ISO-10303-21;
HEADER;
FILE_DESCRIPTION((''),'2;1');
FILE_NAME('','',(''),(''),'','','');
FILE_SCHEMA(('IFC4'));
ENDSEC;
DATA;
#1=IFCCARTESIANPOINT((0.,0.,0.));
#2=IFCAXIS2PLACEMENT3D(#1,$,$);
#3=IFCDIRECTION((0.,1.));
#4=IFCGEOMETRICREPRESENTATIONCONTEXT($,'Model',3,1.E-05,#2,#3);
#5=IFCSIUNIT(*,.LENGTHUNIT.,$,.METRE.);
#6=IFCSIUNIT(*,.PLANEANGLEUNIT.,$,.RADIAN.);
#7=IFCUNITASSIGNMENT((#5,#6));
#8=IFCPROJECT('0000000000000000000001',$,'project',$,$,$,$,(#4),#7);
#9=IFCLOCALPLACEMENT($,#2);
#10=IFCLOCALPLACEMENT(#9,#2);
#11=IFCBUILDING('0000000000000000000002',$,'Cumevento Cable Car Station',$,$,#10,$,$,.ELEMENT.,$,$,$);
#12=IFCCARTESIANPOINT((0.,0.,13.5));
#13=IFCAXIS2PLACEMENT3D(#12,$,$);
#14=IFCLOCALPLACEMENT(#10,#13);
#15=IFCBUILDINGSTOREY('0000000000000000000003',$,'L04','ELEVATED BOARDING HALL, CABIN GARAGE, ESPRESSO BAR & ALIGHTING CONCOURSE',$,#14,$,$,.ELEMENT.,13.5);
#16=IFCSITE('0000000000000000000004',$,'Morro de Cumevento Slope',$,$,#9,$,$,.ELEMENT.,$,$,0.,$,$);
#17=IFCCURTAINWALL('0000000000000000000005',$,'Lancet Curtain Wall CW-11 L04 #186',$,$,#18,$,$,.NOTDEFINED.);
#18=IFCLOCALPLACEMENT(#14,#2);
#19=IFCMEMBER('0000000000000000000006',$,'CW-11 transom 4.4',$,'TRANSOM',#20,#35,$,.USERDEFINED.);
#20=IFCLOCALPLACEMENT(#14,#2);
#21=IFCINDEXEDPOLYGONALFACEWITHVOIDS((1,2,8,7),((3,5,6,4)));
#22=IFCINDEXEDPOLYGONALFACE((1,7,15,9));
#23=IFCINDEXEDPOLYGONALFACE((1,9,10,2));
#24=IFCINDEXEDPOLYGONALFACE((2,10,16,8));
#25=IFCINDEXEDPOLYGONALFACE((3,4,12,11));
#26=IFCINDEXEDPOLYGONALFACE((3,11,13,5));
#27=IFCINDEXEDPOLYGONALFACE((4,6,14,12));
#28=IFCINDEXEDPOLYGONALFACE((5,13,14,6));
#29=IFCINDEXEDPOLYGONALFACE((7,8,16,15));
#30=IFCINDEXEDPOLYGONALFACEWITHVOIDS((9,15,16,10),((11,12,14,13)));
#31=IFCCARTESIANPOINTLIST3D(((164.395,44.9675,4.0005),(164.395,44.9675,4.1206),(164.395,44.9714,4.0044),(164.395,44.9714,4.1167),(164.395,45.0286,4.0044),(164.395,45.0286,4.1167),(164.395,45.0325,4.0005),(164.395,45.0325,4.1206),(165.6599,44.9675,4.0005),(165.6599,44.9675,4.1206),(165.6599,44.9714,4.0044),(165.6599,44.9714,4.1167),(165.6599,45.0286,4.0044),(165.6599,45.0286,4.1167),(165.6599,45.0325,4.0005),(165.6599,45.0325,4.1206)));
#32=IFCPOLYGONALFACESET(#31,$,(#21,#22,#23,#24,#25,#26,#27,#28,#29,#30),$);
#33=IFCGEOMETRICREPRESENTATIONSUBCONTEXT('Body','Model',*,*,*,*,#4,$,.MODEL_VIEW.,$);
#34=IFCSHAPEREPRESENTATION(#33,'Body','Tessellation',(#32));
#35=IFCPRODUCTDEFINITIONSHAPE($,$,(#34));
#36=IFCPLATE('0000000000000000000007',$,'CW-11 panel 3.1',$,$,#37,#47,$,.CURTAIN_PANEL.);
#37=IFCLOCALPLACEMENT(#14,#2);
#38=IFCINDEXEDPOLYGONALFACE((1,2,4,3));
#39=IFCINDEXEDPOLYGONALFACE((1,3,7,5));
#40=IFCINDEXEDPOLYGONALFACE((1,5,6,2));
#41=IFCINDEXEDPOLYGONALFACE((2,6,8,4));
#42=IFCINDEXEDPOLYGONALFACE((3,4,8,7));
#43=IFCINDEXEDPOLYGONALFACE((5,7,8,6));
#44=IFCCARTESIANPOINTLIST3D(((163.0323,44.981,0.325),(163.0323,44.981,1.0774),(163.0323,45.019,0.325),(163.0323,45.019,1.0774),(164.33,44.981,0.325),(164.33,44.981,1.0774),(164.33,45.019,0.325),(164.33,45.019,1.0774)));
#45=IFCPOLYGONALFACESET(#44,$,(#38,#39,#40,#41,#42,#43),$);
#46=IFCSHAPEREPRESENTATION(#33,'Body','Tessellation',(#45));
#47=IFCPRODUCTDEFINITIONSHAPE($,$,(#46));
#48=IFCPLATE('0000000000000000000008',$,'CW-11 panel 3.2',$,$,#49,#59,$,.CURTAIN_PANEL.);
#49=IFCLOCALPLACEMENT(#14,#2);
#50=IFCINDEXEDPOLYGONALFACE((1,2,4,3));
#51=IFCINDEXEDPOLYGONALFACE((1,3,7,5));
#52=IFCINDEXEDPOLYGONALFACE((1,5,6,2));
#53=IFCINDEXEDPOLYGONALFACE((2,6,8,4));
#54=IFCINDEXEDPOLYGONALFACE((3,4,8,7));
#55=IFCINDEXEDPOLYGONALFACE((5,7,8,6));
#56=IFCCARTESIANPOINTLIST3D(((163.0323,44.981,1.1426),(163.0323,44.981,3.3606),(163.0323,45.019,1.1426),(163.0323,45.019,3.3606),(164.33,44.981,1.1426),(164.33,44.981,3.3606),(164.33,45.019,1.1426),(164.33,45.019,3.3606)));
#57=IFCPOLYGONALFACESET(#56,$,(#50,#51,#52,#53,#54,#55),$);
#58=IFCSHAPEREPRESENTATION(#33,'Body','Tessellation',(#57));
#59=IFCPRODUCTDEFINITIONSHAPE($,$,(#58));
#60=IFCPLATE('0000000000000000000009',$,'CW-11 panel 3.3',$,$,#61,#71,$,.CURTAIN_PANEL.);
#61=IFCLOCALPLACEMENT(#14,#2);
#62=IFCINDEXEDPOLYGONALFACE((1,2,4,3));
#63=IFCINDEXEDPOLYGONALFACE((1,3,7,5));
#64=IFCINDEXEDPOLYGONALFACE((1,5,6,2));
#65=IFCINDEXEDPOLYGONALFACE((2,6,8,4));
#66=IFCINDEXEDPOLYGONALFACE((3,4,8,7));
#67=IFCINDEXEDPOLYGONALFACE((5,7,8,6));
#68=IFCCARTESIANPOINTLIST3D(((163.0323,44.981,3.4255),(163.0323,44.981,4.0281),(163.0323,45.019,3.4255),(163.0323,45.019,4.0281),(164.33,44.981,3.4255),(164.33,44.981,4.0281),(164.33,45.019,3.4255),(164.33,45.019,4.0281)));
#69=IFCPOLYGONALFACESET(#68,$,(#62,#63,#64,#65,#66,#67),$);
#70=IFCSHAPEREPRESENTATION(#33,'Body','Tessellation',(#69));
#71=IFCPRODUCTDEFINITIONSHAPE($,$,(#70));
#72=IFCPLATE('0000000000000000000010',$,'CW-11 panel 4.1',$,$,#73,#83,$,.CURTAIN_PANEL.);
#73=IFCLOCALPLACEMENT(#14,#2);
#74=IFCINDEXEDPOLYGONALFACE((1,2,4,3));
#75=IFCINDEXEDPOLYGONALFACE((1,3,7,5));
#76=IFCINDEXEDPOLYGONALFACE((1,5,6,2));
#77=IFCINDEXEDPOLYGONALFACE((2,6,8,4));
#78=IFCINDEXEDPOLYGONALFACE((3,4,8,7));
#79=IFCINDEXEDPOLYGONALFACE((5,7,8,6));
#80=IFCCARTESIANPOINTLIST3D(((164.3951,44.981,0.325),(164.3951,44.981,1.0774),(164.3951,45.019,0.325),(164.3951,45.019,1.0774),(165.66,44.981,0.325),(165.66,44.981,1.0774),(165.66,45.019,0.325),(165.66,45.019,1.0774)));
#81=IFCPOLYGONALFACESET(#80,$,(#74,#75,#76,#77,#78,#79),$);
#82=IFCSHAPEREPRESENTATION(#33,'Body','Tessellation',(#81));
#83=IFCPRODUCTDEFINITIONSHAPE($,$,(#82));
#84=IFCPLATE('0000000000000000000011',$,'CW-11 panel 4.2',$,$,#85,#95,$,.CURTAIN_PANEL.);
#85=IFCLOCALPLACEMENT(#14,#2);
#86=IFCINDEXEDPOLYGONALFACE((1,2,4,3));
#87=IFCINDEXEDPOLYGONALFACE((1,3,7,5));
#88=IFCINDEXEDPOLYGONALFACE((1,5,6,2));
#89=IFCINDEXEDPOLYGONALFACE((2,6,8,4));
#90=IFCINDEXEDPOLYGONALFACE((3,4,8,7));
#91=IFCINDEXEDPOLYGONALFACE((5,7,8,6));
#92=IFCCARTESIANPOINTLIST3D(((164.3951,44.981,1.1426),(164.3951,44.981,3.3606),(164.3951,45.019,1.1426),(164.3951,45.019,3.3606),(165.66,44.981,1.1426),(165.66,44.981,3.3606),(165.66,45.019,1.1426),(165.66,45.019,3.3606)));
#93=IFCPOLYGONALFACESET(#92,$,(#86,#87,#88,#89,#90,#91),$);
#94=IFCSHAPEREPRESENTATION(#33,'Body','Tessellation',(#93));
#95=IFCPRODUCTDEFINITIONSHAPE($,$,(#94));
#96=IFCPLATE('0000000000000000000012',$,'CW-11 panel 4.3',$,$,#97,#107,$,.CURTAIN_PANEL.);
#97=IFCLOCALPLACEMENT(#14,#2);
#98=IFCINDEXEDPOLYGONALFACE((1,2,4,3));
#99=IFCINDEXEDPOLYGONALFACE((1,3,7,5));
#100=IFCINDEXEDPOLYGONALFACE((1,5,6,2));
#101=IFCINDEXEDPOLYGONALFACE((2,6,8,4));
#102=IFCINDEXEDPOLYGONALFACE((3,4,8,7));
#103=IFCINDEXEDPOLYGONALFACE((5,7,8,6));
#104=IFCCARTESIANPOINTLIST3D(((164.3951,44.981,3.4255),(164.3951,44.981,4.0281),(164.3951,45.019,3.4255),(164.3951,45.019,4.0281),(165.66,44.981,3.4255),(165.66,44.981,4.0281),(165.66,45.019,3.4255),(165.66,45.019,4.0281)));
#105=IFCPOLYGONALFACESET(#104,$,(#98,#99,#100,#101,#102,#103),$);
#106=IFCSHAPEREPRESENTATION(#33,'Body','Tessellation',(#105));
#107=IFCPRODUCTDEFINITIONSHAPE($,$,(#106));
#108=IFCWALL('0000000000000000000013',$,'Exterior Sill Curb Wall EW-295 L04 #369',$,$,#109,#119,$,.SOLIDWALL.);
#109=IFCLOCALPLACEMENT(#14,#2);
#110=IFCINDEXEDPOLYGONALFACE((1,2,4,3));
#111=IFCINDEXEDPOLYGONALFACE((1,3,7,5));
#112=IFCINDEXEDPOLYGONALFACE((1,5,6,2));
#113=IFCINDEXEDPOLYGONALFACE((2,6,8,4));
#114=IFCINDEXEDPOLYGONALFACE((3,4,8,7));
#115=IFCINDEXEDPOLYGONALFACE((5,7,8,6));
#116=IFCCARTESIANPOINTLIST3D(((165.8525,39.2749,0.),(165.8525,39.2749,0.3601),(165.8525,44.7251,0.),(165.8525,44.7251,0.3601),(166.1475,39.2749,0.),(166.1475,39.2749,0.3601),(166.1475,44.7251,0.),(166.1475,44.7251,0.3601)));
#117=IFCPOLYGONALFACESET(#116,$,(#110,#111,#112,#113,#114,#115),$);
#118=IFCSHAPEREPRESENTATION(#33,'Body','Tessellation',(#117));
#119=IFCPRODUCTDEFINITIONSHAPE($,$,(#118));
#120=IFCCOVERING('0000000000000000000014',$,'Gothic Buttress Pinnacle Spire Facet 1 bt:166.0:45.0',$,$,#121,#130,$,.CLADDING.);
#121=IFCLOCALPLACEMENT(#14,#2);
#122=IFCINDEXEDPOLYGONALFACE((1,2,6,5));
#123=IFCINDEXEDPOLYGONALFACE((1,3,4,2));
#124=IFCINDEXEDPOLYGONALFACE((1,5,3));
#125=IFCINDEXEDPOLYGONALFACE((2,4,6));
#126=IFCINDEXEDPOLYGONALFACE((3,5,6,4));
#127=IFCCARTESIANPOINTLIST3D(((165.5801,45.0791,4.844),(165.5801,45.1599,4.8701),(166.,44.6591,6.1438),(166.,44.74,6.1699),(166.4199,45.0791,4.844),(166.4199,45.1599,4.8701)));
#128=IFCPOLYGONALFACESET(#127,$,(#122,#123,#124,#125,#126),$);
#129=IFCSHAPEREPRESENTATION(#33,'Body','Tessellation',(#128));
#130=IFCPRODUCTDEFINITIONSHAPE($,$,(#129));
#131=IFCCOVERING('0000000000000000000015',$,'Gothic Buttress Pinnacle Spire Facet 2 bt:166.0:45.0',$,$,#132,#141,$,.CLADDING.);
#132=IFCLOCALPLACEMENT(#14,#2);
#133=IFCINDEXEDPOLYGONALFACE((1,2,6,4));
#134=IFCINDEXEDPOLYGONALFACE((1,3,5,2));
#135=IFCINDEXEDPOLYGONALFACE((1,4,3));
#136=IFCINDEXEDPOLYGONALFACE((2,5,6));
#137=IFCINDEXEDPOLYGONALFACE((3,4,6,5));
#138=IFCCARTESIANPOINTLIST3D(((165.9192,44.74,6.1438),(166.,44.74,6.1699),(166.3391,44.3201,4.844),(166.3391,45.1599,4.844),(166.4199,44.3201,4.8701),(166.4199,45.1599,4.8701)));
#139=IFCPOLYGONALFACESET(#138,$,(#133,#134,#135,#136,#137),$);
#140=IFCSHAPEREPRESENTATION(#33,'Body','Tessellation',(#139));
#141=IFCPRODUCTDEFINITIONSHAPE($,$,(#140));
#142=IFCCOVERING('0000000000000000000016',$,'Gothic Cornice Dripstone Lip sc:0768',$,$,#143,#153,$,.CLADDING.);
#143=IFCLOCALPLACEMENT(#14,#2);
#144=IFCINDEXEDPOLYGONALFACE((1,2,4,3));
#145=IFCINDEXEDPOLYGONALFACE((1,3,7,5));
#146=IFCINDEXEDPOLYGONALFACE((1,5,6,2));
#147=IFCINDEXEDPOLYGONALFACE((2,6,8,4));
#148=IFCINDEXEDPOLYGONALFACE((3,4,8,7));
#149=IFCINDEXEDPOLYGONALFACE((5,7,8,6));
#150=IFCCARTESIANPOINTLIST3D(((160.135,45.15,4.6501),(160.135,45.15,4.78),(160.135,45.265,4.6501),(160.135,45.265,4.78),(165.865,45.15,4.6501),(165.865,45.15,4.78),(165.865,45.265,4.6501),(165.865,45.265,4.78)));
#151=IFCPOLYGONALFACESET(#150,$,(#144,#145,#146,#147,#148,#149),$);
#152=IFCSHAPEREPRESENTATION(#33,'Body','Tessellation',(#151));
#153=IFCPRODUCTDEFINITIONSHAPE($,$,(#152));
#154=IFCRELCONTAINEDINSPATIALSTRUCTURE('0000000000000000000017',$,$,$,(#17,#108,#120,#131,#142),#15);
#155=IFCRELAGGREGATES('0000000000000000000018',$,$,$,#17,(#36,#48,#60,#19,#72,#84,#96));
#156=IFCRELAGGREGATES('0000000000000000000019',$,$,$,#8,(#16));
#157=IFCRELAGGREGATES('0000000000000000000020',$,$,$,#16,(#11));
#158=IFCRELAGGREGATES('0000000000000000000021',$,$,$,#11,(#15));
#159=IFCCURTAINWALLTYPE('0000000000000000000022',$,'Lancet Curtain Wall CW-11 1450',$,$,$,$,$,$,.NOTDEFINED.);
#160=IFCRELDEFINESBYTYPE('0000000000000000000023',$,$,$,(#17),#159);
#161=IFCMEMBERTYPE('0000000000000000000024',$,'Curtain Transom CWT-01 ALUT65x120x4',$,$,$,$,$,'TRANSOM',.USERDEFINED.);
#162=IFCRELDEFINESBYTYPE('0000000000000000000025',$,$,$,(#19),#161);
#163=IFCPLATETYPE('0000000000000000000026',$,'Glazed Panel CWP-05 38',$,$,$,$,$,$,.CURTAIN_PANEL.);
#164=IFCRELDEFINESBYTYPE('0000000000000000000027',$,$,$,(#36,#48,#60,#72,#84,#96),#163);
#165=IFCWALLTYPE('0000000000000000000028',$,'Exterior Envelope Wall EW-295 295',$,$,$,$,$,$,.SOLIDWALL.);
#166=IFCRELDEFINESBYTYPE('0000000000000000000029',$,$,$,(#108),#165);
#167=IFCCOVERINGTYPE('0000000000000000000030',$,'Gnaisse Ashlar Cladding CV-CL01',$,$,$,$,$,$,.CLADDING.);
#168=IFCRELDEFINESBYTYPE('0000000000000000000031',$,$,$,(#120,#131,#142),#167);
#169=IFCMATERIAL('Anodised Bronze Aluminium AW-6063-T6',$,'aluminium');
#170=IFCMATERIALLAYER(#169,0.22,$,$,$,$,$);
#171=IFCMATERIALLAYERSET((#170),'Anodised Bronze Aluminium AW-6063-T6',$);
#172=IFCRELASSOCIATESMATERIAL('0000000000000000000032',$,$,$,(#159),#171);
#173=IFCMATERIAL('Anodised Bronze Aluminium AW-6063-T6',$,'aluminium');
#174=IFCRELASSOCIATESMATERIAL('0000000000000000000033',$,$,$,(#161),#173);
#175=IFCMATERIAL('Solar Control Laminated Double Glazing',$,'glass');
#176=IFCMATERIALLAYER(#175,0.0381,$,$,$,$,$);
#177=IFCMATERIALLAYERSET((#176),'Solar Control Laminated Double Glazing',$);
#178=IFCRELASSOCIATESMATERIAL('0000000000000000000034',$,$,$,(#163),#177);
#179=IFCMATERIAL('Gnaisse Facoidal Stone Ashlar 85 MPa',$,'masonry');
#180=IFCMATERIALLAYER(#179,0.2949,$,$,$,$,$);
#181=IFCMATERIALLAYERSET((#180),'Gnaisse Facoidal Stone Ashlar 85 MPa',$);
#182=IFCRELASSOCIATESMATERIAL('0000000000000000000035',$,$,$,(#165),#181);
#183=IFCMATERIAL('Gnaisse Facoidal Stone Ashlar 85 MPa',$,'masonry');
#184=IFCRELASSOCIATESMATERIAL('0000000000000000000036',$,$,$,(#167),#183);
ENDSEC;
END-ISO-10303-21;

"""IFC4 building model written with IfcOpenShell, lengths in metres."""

from ifc_helpers import new_model, si_unit, direction, frame, frame_2d, origin, origin_2d, place, context, subcontext, project, spatial, polyline, rectangle, hollow_rectangle, outline, extrude, material, layer, layer_set, material_profile, profile_set, type_object, element, aggregate, save


model = new_model("IFC4")

# Units and contexts
model_context = context("Model", 3, precision=1e-05, world=origin(), true_north=direction((0.0, 1.0)))
body_context = subcontext(model_context, "Body", "Model", "MODEL_VIEW")
ifc_project = project(units=[si_unit("LENGTHUNIT", "METRE"), si_unit("PLANEANGLEUNIT", "RADIAN")], contexts=[model_context])

# Site, building, storey
site_placement = place(None, origin())
site = spatial("IfcSite", under=ifc_project, at=site_placement, Name="Morro de Cumevento Slope", CompositionType="ELEMENT", RefElevation=0.0)
building_placement = place(site_placement, origin())
building = spatial("IfcBuilding", under=site, at=building_placement, Name="Cumevento Cable Car Station", CompositionType="ELEMENT")
storey_placement = place(building_placement, frame((0.0, 0.0, 13.5)))
storey = spatial("IfcBuildingStorey", under=building, at=storey_placement, Name="L04", Description="ELEVATED BOARDING HALL, CABIN GARAGE, ESPRESSO BAR & ALIGHTING CONCOURSE", CompositionType="ELEMENT", Elevation=13.5)

# Curtain wall, member, plates
ifc_material_1 = material(Name="Anodised Bronze Aluminium AW-6063-T6", Category="aluminium")
ifc_layer_1 = layer(ifc_material_1, 0.22)
ifc_layer_set_1 = layer_set([ifc_layer_1], Name="Anodised Bronze Aluminium AW-6063-T6")
curtain_wall_type = type_object("IfcCurtainWallType", Name="Lancet Curtain Wall CW-11 1450", PredefinedType="NOTDEFINED", material=ifc_layer_set_1)
curtain_wall_placement = place(storey_placement, origin())
curtain_wall = element("IfcCurtainWall", 1, at=curtain_wall_placement, inside=storey, type_object=curtain_wall_type, Name="Lancet Curtain Wall CW-11 L04 #186", PredefinedType="NOTDEFINED")
ifc_material_2 = material(Name="Anodised Bronze Aluminium AW-6063-T6", Category="aluminium")
ifc_material_profile_1 = material_profile(ifc_material_2, hollow_rectangle(XDim=0.0649, YDim=0.1201, WallThickness=0.0039, at=origin_2d()), Name="ALUT65x120x4")
ifc_profile_set_1 = profile_set([ifc_material_profile_1], Name="Anodised Bronze Aluminium AW-6063-T6")
member_type_1 = type_object("IfcMemberType", Name="Curtain Transom CWT-01 ALUT65x120x4", ElementType="TRANSOM", PredefinedType="USERDEFINED", material=ifc_profile_set_1)
member_1_placement = place(storey_placement, frame((164.395, 45.0, 4.0605), z_axis=(1.0, 0.0, 0.0), x_axis=(0.0, 1.0, 0.0)))
member_1 = element("IfcMember", 2, at=member_1_placement, type_object=member_type_1, Name="CW-11 transom 4.4", ObjectType="TRANSOM", PredefinedType="USERDEFINED", context=body_context, shape_type="SweptSolid", body=[
    extrude(hollow_rectangle(XDim=0.0649, YDim=0.1201, WallThickness=0.0039, at=origin_2d()), origin(), (0.0, 0.0, 1.0), 1.2649),
])
ifc_material_3 = material(Name="Solar Control Laminated Double Glazing", Category="glass")
ifc_layer_2 = layer(ifc_material_3, 0.0381)
ifc_layer_set_2 = layer_set([ifc_layer_2], Name="Solar Control Laminated Double Glazing")
plate_type = type_object("IfcPlateType", Name="Glazed Panel CWP-05 38", PredefinedType="CURTAIN_PANEL", material=ifc_layer_set_2)
plate_1_placement = place(storey_placement, frame((163.6812, 45.0, 0.325), z_axis=(0.0, 0.0, 1.0), x_axis=(1.0, 0.0, 0.0)))
plate_1 = element("IfcPlate", 3, at=plate_1_placement, type_object=plate_type, Name="CW-11 panel 3.1", PredefinedType="CURTAIN_PANEL", context=body_context, shape_type="SweptSolid", body=[
    extrude(rectangle(XDim=1.2976, YDim=0.0381, at=origin_2d()), origin(), (0.0, 0.0, 1.0), 0.7524),
])
plate_2_placement = place(storey_placement, frame((163.6812, 45.0, 1.1426), z_axis=(0.0, 0.0, 1.0), x_axis=(1.0, 0.0, 0.0)))
plate_2 = element("IfcPlate", 4, at=plate_2_placement, type_object=plate_type, Name="CW-11 panel 3.2", PredefinedType="CURTAIN_PANEL", context=body_context, shape_type="SweptSolid", body=[
    extrude(rectangle(XDim=1.2976, YDim=0.0381, at=origin_2d()), origin(), (0.0, 0.0, 1.0), 2.218),
])
plate_3_placement = place(storey_placement, frame((163.6812, 45.0, 3.4255), z_axis=(0.0, 0.0, 1.0), x_axis=(1.0, 0.0, 0.0)))
plate_3 = element("IfcPlate", 5, at=plate_3_placement, type_object=plate_type, Name="CW-11 panel 3.3", PredefinedType="CURTAIN_PANEL", context=body_context, shape_type="SweptSolid", body=[
    extrude(rectangle(XDim=1.2976, YDim=0.0381, at=origin_2d()), origin(), (0.0, 0.0, 1.0), 0.6025),
])
plate_4_placement = place(storey_placement, frame((165.0276, 45.0, 0.325), z_axis=(0.0, 0.0, 1.0), x_axis=(1.0, 0.0, 0.0)))
plate_4 = element("IfcPlate", 6, at=plate_4_placement, type_object=plate_type, Name="CW-11 panel 4.1", PredefinedType="CURTAIN_PANEL", context=body_context, shape_type="SweptSolid", body=[
    extrude(rectangle(XDim=1.2649, YDim=0.0381, at=origin_2d()), origin(), (0.0, 0.0, 1.0), 0.7524),
])
plate_5_placement = place(storey_placement, frame((165.0276, 45.0, 1.1426), z_axis=(0.0, 0.0, 1.0), x_axis=(1.0, 0.0, 0.0)))
plate_5 = element("IfcPlate", 7, at=plate_5_placement, type_object=plate_type, Name="CW-11 panel 4.2", PredefinedType="CURTAIN_PANEL", context=body_context, shape_type="SweptSolid", body=[
    extrude(rectangle(XDim=1.2649, YDim=0.0381, at=origin_2d()), origin(), (0.0, 0.0, 1.0), 2.218),
])
plate_6_placement = place(storey_placement, frame((165.0276, 45.0, 3.4255), z_axis=(0.0, 0.0, 1.0), x_axis=(1.0, 0.0, 0.0)))
plate_6 = element("IfcPlate", 8, at=plate_6_placement, type_object=plate_type, Name="CW-11 panel 4.3", PredefinedType="CURTAIN_PANEL", context=body_context, shape_type="SweptSolid", body=[
    extrude(rectangle(XDim=1.2649, YDim=0.0381, at=origin_2d()), origin(), (0.0, 0.0, 1.0), 0.6025),
])
aggregate(curtain_wall, [plate_1, plate_2, plate_3, member_1, plate_4, plate_5, plate_6])

# Wall
ifc_material_4 = material(Name="Gnaisse Facoidal Stone Ashlar 85 MPa", Category="masonry")
ifc_layer_3 = layer(ifc_material_4, 0.2949)
ifc_layer_set_3 = layer_set([ifc_layer_3], Name="Gnaisse Facoidal Stone Ashlar 85 MPa")
wall_type = type_object("IfcWallType", Name="Exterior Envelope Wall EW-295 295", PredefinedType="SOLIDWALL", material=ifc_layer_set_3)
wall_placement = place(storey_placement, frame((166.0, 44.7251, 0.0), z_axis=(0.0, 0.0, 1.0), x_axis=(0.0, -1.0, 0.0)))
element("IfcWall", 9, at=wall_placement, inside=storey, type_object=wall_type, Name="Exterior Sill Curb Wall EW-295 L04 #369", PredefinedType="SOLIDWALL", context=body_context, shape_type="SweptSolid", body=[
    extrude(rectangle(XDim=5.4502, YDim=0.2949, at=frame_2d((2.7251, 0.0))), origin(), (0.0, 0.0, 1.0), 0.3601),
])

# Coverings
ifc_material_5 = material(Name="Gnaisse Facoidal Stone Ashlar 85 MPa", Category="masonry")
covering_type = type_object("IfcCoveringType", Name="Gnaisse Ashlar Cladding CV-CL01", PredefinedType="CLADDING", material=ifc_material_5)
for number, where, z_axis, x_axis, name in (
    (10, (165.5801, 45.1599, 4.8701), (0.0, 0.951574, 0.307421), (1.0, 0.0, 0.0), "Gothic Buttress Pinnacle Spire Facet 1 bt:166.0:45.0"),
    (11, (166.4199, 45.1599, 4.8701), (0.951574, 0.0, 0.307421), (0.0, -1.0, 0.0), "Gothic Buttress Pinnacle Spire Facet 2 bt:166.0:45.0"),
):
    element("IfcCovering", number, at=place(storey_placement, frame(where, z_axis=z_axis, x_axis=x_axis)), inside=storey, type_object=covering_type, Name=name, PredefinedType="CLADDING", context=body_context, shape_type="SweptSolid", body=[
        extrude(outline(polyline([(0.0, 0.0), (0.8398, 0.0), (0.4199, -1.366), (0.0, 0.0)])), origin(), (0.0, 0.0, -1.0), 0.085),
    ])
covering_1_placement = place(storey_placement, frame((163.0, 45.2075, 4.6501), z_axis=(0.0, 0.0, 1.0), x_axis=(1.0, 0.0, 0.0)))
element("IfcCovering", 12, at=covering_1_placement, inside=storey, type_object=covering_type, Name="Gothic Cornice Dripstone Lip sc:0768", PredefinedType="CLADDING", context=body_context, shape_type="SweptSolid", body=[
    extrude(rectangle(XDim=5.73, YDim=0.115, at=origin_2d()), origin(), (0.0, 0.0, 1.0), 0.1299),
])

save(model, "model.ifc")
